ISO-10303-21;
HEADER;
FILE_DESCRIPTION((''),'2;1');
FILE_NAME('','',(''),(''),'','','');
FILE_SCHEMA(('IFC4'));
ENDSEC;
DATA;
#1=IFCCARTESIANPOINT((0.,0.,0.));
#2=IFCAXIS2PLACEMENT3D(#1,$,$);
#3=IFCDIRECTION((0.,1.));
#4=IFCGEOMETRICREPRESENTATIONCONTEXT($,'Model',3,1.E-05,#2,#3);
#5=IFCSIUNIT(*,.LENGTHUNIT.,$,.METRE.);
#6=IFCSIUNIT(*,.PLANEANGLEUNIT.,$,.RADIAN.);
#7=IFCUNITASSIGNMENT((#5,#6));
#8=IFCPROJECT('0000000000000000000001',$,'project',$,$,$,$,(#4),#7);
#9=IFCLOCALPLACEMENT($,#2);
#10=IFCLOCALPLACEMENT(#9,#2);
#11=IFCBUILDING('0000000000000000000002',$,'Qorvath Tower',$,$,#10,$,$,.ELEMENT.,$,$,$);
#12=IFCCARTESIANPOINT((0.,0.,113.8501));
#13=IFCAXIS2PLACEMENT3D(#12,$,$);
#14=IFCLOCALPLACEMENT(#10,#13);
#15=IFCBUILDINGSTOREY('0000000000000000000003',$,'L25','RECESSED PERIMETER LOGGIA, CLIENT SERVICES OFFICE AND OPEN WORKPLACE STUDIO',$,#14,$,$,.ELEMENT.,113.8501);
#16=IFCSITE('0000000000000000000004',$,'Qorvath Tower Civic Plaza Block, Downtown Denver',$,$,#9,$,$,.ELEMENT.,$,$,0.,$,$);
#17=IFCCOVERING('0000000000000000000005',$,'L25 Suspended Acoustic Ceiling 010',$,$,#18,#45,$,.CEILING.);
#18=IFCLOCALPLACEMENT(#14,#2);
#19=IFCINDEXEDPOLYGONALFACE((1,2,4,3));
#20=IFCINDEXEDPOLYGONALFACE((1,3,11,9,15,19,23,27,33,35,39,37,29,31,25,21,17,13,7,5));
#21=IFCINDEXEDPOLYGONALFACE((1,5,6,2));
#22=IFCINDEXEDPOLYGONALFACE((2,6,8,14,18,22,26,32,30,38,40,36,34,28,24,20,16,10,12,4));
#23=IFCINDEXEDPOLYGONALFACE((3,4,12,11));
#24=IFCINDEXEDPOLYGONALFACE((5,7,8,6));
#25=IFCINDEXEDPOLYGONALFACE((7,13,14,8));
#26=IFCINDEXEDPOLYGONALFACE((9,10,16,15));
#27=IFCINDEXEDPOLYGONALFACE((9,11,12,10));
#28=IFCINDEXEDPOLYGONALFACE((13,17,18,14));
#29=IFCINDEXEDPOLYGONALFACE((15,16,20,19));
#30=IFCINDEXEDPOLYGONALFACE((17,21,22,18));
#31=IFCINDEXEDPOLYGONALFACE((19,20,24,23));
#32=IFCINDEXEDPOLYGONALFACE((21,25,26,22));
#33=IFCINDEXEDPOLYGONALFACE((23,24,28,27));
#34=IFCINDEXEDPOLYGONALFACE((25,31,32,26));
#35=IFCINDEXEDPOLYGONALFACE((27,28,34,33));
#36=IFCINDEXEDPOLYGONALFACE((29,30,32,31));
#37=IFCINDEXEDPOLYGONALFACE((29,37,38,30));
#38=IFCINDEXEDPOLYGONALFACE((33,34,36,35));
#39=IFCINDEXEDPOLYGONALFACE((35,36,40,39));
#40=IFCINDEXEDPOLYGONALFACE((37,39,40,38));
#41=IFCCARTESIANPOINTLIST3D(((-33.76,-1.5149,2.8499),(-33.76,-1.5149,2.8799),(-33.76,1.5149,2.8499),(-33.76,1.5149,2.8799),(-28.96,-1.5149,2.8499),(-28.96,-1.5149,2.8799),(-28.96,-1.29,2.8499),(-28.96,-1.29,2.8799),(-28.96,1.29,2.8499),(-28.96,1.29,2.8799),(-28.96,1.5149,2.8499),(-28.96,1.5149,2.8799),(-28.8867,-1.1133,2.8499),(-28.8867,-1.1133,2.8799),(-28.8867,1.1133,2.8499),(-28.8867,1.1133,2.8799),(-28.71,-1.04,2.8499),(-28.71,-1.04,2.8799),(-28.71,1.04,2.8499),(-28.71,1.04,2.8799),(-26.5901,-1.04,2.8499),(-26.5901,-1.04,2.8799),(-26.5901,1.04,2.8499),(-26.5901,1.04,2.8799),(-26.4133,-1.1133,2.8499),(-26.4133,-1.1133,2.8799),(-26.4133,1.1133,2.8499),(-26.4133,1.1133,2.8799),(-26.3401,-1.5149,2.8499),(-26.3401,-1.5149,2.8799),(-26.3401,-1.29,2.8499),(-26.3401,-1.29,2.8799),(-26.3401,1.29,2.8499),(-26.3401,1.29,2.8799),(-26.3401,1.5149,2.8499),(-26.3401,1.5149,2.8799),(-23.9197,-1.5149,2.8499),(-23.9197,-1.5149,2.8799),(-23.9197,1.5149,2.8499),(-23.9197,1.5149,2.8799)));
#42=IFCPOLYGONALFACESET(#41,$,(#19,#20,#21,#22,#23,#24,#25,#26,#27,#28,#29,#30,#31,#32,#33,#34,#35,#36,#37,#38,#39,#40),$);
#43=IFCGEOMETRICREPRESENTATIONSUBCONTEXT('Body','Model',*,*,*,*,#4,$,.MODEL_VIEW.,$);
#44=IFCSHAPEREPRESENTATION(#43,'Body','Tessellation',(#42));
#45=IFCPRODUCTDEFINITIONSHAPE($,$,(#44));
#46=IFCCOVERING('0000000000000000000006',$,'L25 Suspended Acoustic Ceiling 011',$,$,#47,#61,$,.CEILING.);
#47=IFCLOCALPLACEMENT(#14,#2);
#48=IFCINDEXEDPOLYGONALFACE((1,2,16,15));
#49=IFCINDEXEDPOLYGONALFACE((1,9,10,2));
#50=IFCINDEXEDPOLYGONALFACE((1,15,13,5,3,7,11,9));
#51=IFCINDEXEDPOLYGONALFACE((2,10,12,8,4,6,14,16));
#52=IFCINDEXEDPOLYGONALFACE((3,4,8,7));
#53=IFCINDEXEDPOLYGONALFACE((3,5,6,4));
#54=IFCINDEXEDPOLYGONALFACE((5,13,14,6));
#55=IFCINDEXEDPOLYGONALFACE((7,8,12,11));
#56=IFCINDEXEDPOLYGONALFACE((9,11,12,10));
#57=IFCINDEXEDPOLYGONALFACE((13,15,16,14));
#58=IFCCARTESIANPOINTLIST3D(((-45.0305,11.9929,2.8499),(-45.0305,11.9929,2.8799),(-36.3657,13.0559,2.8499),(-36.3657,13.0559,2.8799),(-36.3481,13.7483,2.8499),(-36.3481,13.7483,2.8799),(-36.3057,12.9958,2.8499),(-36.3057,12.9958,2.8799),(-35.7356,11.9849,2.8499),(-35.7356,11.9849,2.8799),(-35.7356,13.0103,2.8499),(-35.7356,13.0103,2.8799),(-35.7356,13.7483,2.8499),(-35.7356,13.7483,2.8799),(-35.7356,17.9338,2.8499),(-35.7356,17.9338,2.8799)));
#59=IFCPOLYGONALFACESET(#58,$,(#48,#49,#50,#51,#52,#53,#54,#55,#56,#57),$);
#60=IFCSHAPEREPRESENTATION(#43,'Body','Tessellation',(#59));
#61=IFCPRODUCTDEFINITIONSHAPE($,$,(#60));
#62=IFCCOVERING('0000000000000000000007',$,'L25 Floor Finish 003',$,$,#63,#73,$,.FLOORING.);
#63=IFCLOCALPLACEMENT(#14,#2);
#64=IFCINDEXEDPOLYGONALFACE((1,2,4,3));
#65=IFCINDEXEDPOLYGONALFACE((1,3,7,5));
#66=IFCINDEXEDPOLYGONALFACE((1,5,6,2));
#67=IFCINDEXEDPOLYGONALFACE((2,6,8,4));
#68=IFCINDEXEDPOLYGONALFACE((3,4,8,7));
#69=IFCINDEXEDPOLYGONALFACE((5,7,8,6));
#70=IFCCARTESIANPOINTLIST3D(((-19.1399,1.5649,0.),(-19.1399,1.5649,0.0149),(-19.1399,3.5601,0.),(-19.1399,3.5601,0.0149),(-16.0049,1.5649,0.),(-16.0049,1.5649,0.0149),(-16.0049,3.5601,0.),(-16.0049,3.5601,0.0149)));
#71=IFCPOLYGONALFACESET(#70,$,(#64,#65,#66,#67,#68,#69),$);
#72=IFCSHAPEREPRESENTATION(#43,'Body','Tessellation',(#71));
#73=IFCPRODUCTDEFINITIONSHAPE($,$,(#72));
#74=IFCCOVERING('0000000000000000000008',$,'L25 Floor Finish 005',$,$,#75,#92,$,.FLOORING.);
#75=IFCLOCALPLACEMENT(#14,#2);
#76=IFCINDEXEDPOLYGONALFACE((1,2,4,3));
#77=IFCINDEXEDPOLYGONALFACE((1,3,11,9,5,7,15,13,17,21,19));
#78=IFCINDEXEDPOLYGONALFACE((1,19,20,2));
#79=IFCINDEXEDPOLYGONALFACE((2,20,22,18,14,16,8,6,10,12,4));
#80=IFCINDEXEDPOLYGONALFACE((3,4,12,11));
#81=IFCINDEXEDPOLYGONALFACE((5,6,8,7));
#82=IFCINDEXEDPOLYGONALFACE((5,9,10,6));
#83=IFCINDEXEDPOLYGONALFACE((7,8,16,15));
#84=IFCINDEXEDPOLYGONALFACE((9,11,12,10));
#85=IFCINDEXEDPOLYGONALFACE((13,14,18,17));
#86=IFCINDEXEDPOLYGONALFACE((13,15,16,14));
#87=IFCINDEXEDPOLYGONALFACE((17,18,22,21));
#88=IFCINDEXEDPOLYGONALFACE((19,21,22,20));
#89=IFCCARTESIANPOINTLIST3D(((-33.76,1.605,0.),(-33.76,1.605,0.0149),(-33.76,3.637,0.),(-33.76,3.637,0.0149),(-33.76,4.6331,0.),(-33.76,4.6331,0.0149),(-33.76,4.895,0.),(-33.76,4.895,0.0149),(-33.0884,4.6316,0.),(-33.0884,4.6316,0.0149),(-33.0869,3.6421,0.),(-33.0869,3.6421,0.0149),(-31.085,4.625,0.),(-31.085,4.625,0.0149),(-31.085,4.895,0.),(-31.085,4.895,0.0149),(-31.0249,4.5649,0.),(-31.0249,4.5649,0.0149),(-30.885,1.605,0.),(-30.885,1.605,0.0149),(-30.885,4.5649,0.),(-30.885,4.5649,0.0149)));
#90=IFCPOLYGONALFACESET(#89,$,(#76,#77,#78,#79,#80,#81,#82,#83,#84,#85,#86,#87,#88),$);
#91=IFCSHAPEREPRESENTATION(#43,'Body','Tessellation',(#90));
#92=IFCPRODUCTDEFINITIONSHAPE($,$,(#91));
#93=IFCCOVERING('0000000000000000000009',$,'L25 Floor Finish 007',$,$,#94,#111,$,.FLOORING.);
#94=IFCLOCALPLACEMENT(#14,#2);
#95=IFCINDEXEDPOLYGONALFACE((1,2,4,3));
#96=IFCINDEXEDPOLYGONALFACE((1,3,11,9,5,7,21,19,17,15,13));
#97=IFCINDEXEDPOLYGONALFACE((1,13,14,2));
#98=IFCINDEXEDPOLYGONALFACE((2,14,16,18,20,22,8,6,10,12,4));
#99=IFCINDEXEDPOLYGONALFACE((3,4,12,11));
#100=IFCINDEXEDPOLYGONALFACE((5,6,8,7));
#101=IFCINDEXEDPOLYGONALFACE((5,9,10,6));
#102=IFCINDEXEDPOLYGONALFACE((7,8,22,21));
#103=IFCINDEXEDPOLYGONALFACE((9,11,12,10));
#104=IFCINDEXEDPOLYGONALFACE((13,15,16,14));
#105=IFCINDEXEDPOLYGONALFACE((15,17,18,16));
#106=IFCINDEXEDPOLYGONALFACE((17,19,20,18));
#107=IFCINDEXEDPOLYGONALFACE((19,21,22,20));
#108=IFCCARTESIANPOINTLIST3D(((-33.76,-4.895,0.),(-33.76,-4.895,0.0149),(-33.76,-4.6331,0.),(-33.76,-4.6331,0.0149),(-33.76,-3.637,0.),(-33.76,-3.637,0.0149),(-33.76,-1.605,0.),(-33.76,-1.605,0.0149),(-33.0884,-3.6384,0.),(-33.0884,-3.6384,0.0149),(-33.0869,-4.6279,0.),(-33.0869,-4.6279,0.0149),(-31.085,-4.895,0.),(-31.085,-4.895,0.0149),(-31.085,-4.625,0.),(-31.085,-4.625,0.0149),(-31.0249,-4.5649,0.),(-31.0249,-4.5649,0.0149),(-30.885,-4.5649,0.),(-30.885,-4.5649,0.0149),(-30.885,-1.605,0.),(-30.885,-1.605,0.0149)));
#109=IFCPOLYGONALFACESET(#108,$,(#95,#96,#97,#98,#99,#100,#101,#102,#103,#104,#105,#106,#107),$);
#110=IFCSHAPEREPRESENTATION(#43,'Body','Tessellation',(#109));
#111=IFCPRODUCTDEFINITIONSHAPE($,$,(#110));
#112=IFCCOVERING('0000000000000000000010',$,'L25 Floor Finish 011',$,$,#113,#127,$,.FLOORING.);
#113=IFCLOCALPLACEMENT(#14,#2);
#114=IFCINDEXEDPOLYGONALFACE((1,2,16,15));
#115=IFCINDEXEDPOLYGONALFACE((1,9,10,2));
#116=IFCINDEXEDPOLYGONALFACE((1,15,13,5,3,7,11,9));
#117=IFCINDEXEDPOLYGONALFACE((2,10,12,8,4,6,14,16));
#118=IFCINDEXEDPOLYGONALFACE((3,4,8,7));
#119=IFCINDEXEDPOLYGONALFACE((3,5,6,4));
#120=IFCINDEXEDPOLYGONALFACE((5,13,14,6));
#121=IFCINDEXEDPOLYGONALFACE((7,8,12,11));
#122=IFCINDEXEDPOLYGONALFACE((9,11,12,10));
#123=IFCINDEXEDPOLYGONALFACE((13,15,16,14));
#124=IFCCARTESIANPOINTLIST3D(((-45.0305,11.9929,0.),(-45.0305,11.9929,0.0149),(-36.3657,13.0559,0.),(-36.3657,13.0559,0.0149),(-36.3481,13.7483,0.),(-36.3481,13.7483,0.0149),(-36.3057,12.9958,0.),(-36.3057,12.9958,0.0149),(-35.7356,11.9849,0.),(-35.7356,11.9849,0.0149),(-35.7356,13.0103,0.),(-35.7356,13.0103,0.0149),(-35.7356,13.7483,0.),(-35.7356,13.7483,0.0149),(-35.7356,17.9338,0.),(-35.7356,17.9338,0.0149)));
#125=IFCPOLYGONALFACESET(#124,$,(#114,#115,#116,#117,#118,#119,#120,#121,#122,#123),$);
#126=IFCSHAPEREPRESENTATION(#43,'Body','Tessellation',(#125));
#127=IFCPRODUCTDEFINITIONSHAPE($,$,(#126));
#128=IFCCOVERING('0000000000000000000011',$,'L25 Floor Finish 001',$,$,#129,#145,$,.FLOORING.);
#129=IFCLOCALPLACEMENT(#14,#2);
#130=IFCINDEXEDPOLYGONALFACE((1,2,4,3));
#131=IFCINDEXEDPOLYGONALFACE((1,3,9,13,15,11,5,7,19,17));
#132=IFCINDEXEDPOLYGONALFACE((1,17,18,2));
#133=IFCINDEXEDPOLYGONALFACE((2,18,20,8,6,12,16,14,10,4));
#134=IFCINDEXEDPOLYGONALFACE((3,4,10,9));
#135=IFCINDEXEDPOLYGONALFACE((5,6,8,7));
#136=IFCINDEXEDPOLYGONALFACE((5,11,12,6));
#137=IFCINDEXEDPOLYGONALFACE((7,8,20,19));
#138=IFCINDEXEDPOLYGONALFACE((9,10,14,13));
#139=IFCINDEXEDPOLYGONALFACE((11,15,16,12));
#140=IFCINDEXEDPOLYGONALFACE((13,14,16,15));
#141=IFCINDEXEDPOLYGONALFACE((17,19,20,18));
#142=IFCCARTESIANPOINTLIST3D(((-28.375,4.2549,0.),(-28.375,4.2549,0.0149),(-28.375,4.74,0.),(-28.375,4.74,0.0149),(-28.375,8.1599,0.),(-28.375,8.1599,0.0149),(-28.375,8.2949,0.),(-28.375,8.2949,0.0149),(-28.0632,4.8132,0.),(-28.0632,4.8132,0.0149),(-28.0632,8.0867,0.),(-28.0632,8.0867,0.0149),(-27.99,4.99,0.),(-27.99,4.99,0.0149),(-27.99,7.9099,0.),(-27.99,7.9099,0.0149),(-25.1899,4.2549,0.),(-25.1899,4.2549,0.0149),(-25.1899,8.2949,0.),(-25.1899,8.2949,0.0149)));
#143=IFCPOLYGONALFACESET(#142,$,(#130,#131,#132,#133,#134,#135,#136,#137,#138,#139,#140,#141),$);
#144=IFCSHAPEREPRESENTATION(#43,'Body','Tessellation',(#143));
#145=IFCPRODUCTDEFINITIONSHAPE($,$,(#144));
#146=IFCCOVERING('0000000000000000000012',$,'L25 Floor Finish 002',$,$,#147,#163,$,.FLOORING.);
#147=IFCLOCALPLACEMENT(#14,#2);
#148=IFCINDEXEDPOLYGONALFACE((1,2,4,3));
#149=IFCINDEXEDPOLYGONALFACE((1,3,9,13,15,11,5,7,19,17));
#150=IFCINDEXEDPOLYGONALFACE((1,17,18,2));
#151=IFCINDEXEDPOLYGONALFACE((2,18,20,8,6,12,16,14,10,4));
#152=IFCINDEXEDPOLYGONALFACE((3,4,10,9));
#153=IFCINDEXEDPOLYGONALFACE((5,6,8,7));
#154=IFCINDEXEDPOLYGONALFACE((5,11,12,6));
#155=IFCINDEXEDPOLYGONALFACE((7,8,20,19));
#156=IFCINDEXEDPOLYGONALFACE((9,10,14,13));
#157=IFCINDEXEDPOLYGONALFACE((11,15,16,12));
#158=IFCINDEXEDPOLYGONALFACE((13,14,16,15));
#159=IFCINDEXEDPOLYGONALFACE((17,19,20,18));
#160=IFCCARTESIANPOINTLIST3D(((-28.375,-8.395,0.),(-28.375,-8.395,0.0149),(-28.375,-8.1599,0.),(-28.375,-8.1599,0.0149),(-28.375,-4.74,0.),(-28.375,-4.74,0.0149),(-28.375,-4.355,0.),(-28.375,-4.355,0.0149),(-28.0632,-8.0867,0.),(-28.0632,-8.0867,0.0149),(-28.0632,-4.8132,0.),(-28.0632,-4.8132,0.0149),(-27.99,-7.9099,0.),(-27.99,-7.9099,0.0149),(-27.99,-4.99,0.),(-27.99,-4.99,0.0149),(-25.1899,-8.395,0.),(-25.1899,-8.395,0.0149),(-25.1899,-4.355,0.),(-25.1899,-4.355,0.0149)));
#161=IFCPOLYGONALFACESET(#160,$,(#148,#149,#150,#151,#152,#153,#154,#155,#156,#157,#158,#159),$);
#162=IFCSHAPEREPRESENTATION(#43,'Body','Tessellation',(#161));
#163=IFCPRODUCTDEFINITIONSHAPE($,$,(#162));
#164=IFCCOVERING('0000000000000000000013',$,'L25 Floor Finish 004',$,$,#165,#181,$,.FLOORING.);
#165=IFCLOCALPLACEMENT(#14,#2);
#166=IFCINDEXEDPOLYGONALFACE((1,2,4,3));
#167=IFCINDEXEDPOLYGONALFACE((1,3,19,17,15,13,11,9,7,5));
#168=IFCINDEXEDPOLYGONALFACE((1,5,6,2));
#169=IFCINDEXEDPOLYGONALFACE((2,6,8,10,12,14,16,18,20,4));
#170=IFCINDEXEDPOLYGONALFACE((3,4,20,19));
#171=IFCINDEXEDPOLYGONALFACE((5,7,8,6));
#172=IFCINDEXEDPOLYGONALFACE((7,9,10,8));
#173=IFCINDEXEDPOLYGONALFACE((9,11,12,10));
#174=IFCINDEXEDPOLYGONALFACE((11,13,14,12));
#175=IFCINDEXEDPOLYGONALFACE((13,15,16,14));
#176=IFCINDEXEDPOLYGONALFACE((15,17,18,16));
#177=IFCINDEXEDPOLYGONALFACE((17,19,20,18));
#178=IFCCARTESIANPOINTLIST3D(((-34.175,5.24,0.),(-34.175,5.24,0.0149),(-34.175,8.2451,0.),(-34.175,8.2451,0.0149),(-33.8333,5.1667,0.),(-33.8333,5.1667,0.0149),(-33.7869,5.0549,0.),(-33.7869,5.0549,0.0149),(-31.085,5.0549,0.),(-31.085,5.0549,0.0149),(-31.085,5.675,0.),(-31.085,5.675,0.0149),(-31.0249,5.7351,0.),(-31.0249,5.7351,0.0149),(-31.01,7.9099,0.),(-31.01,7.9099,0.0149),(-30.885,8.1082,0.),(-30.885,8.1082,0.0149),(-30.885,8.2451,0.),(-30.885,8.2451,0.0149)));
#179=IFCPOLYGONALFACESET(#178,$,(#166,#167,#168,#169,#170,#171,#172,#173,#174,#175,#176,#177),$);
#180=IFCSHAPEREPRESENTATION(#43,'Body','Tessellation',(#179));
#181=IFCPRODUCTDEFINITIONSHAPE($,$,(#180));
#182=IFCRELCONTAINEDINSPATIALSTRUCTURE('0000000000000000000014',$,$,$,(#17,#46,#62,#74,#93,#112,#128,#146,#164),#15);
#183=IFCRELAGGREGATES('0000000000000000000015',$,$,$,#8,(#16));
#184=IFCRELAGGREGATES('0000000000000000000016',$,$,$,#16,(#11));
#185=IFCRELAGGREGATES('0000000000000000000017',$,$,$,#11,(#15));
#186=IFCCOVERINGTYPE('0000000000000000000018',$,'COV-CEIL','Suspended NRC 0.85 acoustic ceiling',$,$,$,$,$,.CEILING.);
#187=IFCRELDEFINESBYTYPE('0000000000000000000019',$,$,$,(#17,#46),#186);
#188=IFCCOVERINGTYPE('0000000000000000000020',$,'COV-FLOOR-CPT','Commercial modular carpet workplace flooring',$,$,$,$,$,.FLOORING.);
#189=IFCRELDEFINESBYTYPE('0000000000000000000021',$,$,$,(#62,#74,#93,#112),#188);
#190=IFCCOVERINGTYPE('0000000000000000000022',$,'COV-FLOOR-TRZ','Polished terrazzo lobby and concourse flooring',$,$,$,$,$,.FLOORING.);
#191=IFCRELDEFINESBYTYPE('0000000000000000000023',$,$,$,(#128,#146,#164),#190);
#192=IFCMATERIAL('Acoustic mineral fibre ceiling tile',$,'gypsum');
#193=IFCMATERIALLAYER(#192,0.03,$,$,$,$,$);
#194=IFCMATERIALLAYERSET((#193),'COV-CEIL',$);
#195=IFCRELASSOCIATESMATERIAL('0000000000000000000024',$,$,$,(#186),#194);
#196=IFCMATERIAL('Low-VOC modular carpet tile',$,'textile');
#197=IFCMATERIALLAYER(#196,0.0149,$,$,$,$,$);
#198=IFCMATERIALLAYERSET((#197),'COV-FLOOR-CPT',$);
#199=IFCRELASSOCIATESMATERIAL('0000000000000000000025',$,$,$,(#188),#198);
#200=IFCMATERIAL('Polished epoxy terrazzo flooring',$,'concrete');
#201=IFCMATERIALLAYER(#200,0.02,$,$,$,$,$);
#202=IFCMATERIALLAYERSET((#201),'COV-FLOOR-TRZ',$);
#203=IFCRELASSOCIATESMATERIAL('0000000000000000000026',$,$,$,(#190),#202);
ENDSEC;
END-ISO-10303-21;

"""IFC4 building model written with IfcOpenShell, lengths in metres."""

from ifc_helpers import new_model, si_unit, direction, frame, origin, place, context, subcontext, project, spatial, polyline, outline, extrude, material, layer, layer_set, type_object, element, save


model = new_model("IFC4")

# Units and contexts
model_context = context("Model", 3, precision=1e-05, world=origin(), true_north=direction((0.0, 1.0)))
body_context = subcontext(model_context, "Body", "Model", "MODEL_VIEW")
ifc_project = project(units=[si_unit("LENGTHUNIT", "METRE"), si_unit("PLANEANGLEUNIT", "RADIAN")], contexts=[model_context])

# Site, building, storey
site_placement = place(None, origin())
site = spatial("IfcSite", under=ifc_project, at=site_placement, Name="Qorvath Tower Civic Plaza Block, Downtown Denver", CompositionType="ELEMENT", RefElevation=0.0)
building_placement = place(site_placement, origin())
building = spatial("IfcBuilding", under=site, at=building_placement, Name="Qorvath Tower", CompositionType="ELEMENT")
storey_placement = place(building_placement, frame((0.0, 0.0, 113.8501)))
storey = spatial("IfcBuildingStorey", under=building, at=storey_placement, Name="L25", Description="RECESSED PERIMETER LOGGIA, CLIENT SERVICES OFFICE AND OPEN WORKPLACE STUDIO", CompositionType="ELEMENT", Elevation=113.8501)

# Coverings
ifc_material_1 = material(Name="Acoustic mineral fibre ceiling tile", Category="gypsum")
ifc_layer_1 = layer(ifc_material_1, 0.03)
ifc_layer_set_1 = layer_set([ifc_layer_1], Name="COV-CEIL")
covering_type_1 = type_object("IfcCoveringType", Name="COV-CEIL", Description="Suspended NRC 0.85 acoustic ceiling", PredefinedType="CEILING", material=ifc_layer_set_1)
covering_1_placement = place(storey_placement, frame((0.0, 0.0, 2.8499)))
element("IfcCovering", 1, at=covering_1_placement, inside=storey, type_object=covering_type_1, Name="L25 Suspended Acoustic Ceiling 010", PredefinedType="CEILING", context=body_context, shape_type="SweptSolid", body=[
    extrude(outline(polyline([(-23.9197, -1.5149), (-23.9197, 1.5149), (-26.3401, 1.5149), (-26.3401, 1.29), (-26.4133, 1.1133), (-26.5901, 1.04), (-28.71, 1.04), (-28.8867, 1.1133), (-28.96, 1.29), (-28.96, 1.5149), (-33.76, 1.5149), (-33.76, -1.5149), (-28.96, -1.5149), (-28.96, -1.29), (-28.8867, -1.1133), (-28.71, -1.04), (-26.5901, -1.04), (-26.4133, -1.1133), (-26.3401, -1.29), (-26.3401, -1.5149), (-23.9197, -1.5149)])), origin(), (0.0, 0.0, 1.0), 0.03),
])
covering_2_placement = place(storey_placement, frame((0.0, 0.0, 2.8499)))
element("IfcCovering", 2, at=covering_2_placement, inside=storey, type_object=covering_type_1, Name="L25 Suspended Acoustic Ceiling 011", PredefinedType="CEILING", context=body_context, shape_type="SweptSolid", body=[
    extrude(outline(polyline([(-45.0305, 11.9929), (-35.7356, 11.9849), (-35.7356, 13.0103), (-36.3057, 12.9958), (-36.3657, 13.0559), (-36.3481, 13.7483), (-35.7356, 13.7483), (-35.7356, 17.9338), (-45.0305, 11.9929)])), origin(), (0.0, 0.0, 1.0), 0.03),
])
ifc_material_2 = material(Name="Low-VOC modular carpet tile", Category="textile")
ifc_layer_2 = layer(ifc_material_2, 0.0149)
ifc_layer_set_2 = layer_set([ifc_layer_2], Name="COV-FLOOR-CPT")
covering_type_2 = type_object("IfcCoveringType", Name="COV-FLOOR-CPT", Description="Commercial modular carpet workplace flooring", PredefinedType="FLOORING", material=ifc_layer_set_2)
covering_3_placement = place(storey_placement, origin())
element("IfcCovering", 3, at=covering_3_placement, inside=storey, type_object=covering_type_2, Name="L25 Floor Finish 003", PredefinedType="FLOORING", context=body_context, shape_type="SweptSolid", body=[
    extrude(outline(polyline([(-16.0049, 3.5601), (-19.1399, 3.5601), (-19.1399, 1.5649), (-16.0049, 1.5649), (-16.0049, 3.5601)])), origin(), (0.0, 0.0, 1.0), 0.0149),
])
covering_4_placement = place(storey_placement, origin())
element("IfcCovering", 4, at=covering_4_placement, inside=storey, type_object=covering_type_2, Name="L25 Floor Finish 005", PredefinedType="FLOORING", context=body_context, shape_type="SweptSolid", body=[
    extrude(outline(polyline([(-31.085, 4.895), (-33.76, 4.895), (-33.76, 4.6331), (-33.0884, 4.6316), (-33.0869, 3.6421), (-33.76, 3.637), (-33.76, 1.605), (-30.885, 1.605), (-30.885, 4.5649), (-31.0249, 4.5649), (-31.085, 4.625), (-31.085, 4.895)])), origin(), (0.0, 0.0, 1.0), 0.0149),
])
covering_5_placement = place(storey_placement, origin())
element("IfcCovering", 5, at=covering_5_placement, inside=storey, type_object=covering_type_2, Name="L25 Floor Finish 007", PredefinedType="FLOORING", context=body_context, shape_type="SweptSolid", body=[
    extrude(outline(polyline([(-30.885, -4.5649), (-30.885, -1.605), (-33.76, -1.605), (-33.76, -3.637), (-33.0884, -3.6384), (-33.0869, -4.6279), (-33.76, -4.6331), (-33.76, -4.895), (-31.085, -4.895), (-31.085, -4.625), (-31.0249, -4.5649), (-30.885, -4.5649)])), origin(), (0.0, 0.0, 1.0), 0.0149),
])
covering_6_placement = place(storey_placement, origin())
element("IfcCovering", 6, at=covering_6_placement, inside=storey, type_object=covering_type_2, Name="L25 Floor Finish 011", PredefinedType="FLOORING", context=body_context, shape_type="SweptSolid", body=[
    extrude(outline(polyline([(-45.0305, 11.9929), (-35.7356, 11.9849), (-35.7356, 13.0103), (-36.3057, 12.9958), (-36.3657, 13.0559), (-36.3481, 13.7483), (-35.7356, 13.7483), (-35.7356, 17.9338), (-45.0305, 11.9929)])), origin(), (0.0, 0.0, 1.0), 0.0149),
])
ifc_material_3 = material(Name="Polished epoxy terrazzo flooring", Category="concrete")
ifc_layer_3 = layer(ifc_material_3, 0.02)
ifc_layer_set_3 = layer_set([ifc_layer_3], Name="COV-FLOOR-TRZ")
covering_type_3 = type_object("IfcCoveringType", Name="COV-FLOOR-TRZ", Description="Polished terrazzo lobby and concourse flooring", PredefinedType="FLOORING", material=ifc_layer_set_3)
covering_7_placement = place(storey_placement, origin())
element("IfcCovering", 7, at=covering_7_placement, inside=storey, type_object=covering_type_3, Name="L25 Floor Finish 001", PredefinedType="FLOORING", context=body_context, shape_type="SweptSolid", body=[
    extrude(outline(polyline([(-25.1899, 4.2549), (-25.1899, 8.2949), (-28.375, 8.2949), (-28.375, 8.1599), (-28.0632, 8.0867), (-27.99, 7.9099), (-27.99, 4.99), (-28.0632, 4.8132), (-28.375, 4.74), (-28.375, 4.2549), (-25.1899, 4.2549)])), origin(), (0.0, 0.0, 1.0), 0.0149),
])
covering_8_placement = place(storey_placement, origin())
element("IfcCovering", 8, at=covering_8_placement, inside=storey, type_object=covering_type_3, Name="L25 Floor Finish 002", PredefinedType="FLOORING", context=body_context, shape_type="SweptSolid", body=[
    extrude(outline(polyline([(-25.1899, -8.395), (-25.1899, -4.355), (-28.375, -4.355), (-28.375, -4.74), (-28.0632, -4.8132), (-27.99, -4.99), (-27.99, -7.9099), (-28.0632, -8.0867), (-28.375, -8.1599), (-28.375, -8.395), (-25.1899, -8.395)])), origin(), (0.0, 0.0, 1.0), 0.0149),
])
covering_9_placement = place(storey_placement, origin())
element("IfcCovering", 9, at=covering_9_placement, inside=storey, type_object=covering_type_3, Name="L25 Floor Finish 004", PredefinedType="FLOORING", context=body_context, shape_type="SweptSolid", body=[
    extrude(outline(polyline([(-31.01, 7.9099), (-30.885, 8.1082), (-30.885, 8.2451), (-34.175, 8.2451), (-34.175, 5.24), (-33.8333, 5.1667), (-33.7869, 5.0549), (-31.085, 5.0549), (-31.085, 5.675), (-31.0249, 5.7351), (-31.01, 7.9099)])), origin(), (0.0, 0.0, 1.0), 0.0149),
])

save(model, "model.ifc")
